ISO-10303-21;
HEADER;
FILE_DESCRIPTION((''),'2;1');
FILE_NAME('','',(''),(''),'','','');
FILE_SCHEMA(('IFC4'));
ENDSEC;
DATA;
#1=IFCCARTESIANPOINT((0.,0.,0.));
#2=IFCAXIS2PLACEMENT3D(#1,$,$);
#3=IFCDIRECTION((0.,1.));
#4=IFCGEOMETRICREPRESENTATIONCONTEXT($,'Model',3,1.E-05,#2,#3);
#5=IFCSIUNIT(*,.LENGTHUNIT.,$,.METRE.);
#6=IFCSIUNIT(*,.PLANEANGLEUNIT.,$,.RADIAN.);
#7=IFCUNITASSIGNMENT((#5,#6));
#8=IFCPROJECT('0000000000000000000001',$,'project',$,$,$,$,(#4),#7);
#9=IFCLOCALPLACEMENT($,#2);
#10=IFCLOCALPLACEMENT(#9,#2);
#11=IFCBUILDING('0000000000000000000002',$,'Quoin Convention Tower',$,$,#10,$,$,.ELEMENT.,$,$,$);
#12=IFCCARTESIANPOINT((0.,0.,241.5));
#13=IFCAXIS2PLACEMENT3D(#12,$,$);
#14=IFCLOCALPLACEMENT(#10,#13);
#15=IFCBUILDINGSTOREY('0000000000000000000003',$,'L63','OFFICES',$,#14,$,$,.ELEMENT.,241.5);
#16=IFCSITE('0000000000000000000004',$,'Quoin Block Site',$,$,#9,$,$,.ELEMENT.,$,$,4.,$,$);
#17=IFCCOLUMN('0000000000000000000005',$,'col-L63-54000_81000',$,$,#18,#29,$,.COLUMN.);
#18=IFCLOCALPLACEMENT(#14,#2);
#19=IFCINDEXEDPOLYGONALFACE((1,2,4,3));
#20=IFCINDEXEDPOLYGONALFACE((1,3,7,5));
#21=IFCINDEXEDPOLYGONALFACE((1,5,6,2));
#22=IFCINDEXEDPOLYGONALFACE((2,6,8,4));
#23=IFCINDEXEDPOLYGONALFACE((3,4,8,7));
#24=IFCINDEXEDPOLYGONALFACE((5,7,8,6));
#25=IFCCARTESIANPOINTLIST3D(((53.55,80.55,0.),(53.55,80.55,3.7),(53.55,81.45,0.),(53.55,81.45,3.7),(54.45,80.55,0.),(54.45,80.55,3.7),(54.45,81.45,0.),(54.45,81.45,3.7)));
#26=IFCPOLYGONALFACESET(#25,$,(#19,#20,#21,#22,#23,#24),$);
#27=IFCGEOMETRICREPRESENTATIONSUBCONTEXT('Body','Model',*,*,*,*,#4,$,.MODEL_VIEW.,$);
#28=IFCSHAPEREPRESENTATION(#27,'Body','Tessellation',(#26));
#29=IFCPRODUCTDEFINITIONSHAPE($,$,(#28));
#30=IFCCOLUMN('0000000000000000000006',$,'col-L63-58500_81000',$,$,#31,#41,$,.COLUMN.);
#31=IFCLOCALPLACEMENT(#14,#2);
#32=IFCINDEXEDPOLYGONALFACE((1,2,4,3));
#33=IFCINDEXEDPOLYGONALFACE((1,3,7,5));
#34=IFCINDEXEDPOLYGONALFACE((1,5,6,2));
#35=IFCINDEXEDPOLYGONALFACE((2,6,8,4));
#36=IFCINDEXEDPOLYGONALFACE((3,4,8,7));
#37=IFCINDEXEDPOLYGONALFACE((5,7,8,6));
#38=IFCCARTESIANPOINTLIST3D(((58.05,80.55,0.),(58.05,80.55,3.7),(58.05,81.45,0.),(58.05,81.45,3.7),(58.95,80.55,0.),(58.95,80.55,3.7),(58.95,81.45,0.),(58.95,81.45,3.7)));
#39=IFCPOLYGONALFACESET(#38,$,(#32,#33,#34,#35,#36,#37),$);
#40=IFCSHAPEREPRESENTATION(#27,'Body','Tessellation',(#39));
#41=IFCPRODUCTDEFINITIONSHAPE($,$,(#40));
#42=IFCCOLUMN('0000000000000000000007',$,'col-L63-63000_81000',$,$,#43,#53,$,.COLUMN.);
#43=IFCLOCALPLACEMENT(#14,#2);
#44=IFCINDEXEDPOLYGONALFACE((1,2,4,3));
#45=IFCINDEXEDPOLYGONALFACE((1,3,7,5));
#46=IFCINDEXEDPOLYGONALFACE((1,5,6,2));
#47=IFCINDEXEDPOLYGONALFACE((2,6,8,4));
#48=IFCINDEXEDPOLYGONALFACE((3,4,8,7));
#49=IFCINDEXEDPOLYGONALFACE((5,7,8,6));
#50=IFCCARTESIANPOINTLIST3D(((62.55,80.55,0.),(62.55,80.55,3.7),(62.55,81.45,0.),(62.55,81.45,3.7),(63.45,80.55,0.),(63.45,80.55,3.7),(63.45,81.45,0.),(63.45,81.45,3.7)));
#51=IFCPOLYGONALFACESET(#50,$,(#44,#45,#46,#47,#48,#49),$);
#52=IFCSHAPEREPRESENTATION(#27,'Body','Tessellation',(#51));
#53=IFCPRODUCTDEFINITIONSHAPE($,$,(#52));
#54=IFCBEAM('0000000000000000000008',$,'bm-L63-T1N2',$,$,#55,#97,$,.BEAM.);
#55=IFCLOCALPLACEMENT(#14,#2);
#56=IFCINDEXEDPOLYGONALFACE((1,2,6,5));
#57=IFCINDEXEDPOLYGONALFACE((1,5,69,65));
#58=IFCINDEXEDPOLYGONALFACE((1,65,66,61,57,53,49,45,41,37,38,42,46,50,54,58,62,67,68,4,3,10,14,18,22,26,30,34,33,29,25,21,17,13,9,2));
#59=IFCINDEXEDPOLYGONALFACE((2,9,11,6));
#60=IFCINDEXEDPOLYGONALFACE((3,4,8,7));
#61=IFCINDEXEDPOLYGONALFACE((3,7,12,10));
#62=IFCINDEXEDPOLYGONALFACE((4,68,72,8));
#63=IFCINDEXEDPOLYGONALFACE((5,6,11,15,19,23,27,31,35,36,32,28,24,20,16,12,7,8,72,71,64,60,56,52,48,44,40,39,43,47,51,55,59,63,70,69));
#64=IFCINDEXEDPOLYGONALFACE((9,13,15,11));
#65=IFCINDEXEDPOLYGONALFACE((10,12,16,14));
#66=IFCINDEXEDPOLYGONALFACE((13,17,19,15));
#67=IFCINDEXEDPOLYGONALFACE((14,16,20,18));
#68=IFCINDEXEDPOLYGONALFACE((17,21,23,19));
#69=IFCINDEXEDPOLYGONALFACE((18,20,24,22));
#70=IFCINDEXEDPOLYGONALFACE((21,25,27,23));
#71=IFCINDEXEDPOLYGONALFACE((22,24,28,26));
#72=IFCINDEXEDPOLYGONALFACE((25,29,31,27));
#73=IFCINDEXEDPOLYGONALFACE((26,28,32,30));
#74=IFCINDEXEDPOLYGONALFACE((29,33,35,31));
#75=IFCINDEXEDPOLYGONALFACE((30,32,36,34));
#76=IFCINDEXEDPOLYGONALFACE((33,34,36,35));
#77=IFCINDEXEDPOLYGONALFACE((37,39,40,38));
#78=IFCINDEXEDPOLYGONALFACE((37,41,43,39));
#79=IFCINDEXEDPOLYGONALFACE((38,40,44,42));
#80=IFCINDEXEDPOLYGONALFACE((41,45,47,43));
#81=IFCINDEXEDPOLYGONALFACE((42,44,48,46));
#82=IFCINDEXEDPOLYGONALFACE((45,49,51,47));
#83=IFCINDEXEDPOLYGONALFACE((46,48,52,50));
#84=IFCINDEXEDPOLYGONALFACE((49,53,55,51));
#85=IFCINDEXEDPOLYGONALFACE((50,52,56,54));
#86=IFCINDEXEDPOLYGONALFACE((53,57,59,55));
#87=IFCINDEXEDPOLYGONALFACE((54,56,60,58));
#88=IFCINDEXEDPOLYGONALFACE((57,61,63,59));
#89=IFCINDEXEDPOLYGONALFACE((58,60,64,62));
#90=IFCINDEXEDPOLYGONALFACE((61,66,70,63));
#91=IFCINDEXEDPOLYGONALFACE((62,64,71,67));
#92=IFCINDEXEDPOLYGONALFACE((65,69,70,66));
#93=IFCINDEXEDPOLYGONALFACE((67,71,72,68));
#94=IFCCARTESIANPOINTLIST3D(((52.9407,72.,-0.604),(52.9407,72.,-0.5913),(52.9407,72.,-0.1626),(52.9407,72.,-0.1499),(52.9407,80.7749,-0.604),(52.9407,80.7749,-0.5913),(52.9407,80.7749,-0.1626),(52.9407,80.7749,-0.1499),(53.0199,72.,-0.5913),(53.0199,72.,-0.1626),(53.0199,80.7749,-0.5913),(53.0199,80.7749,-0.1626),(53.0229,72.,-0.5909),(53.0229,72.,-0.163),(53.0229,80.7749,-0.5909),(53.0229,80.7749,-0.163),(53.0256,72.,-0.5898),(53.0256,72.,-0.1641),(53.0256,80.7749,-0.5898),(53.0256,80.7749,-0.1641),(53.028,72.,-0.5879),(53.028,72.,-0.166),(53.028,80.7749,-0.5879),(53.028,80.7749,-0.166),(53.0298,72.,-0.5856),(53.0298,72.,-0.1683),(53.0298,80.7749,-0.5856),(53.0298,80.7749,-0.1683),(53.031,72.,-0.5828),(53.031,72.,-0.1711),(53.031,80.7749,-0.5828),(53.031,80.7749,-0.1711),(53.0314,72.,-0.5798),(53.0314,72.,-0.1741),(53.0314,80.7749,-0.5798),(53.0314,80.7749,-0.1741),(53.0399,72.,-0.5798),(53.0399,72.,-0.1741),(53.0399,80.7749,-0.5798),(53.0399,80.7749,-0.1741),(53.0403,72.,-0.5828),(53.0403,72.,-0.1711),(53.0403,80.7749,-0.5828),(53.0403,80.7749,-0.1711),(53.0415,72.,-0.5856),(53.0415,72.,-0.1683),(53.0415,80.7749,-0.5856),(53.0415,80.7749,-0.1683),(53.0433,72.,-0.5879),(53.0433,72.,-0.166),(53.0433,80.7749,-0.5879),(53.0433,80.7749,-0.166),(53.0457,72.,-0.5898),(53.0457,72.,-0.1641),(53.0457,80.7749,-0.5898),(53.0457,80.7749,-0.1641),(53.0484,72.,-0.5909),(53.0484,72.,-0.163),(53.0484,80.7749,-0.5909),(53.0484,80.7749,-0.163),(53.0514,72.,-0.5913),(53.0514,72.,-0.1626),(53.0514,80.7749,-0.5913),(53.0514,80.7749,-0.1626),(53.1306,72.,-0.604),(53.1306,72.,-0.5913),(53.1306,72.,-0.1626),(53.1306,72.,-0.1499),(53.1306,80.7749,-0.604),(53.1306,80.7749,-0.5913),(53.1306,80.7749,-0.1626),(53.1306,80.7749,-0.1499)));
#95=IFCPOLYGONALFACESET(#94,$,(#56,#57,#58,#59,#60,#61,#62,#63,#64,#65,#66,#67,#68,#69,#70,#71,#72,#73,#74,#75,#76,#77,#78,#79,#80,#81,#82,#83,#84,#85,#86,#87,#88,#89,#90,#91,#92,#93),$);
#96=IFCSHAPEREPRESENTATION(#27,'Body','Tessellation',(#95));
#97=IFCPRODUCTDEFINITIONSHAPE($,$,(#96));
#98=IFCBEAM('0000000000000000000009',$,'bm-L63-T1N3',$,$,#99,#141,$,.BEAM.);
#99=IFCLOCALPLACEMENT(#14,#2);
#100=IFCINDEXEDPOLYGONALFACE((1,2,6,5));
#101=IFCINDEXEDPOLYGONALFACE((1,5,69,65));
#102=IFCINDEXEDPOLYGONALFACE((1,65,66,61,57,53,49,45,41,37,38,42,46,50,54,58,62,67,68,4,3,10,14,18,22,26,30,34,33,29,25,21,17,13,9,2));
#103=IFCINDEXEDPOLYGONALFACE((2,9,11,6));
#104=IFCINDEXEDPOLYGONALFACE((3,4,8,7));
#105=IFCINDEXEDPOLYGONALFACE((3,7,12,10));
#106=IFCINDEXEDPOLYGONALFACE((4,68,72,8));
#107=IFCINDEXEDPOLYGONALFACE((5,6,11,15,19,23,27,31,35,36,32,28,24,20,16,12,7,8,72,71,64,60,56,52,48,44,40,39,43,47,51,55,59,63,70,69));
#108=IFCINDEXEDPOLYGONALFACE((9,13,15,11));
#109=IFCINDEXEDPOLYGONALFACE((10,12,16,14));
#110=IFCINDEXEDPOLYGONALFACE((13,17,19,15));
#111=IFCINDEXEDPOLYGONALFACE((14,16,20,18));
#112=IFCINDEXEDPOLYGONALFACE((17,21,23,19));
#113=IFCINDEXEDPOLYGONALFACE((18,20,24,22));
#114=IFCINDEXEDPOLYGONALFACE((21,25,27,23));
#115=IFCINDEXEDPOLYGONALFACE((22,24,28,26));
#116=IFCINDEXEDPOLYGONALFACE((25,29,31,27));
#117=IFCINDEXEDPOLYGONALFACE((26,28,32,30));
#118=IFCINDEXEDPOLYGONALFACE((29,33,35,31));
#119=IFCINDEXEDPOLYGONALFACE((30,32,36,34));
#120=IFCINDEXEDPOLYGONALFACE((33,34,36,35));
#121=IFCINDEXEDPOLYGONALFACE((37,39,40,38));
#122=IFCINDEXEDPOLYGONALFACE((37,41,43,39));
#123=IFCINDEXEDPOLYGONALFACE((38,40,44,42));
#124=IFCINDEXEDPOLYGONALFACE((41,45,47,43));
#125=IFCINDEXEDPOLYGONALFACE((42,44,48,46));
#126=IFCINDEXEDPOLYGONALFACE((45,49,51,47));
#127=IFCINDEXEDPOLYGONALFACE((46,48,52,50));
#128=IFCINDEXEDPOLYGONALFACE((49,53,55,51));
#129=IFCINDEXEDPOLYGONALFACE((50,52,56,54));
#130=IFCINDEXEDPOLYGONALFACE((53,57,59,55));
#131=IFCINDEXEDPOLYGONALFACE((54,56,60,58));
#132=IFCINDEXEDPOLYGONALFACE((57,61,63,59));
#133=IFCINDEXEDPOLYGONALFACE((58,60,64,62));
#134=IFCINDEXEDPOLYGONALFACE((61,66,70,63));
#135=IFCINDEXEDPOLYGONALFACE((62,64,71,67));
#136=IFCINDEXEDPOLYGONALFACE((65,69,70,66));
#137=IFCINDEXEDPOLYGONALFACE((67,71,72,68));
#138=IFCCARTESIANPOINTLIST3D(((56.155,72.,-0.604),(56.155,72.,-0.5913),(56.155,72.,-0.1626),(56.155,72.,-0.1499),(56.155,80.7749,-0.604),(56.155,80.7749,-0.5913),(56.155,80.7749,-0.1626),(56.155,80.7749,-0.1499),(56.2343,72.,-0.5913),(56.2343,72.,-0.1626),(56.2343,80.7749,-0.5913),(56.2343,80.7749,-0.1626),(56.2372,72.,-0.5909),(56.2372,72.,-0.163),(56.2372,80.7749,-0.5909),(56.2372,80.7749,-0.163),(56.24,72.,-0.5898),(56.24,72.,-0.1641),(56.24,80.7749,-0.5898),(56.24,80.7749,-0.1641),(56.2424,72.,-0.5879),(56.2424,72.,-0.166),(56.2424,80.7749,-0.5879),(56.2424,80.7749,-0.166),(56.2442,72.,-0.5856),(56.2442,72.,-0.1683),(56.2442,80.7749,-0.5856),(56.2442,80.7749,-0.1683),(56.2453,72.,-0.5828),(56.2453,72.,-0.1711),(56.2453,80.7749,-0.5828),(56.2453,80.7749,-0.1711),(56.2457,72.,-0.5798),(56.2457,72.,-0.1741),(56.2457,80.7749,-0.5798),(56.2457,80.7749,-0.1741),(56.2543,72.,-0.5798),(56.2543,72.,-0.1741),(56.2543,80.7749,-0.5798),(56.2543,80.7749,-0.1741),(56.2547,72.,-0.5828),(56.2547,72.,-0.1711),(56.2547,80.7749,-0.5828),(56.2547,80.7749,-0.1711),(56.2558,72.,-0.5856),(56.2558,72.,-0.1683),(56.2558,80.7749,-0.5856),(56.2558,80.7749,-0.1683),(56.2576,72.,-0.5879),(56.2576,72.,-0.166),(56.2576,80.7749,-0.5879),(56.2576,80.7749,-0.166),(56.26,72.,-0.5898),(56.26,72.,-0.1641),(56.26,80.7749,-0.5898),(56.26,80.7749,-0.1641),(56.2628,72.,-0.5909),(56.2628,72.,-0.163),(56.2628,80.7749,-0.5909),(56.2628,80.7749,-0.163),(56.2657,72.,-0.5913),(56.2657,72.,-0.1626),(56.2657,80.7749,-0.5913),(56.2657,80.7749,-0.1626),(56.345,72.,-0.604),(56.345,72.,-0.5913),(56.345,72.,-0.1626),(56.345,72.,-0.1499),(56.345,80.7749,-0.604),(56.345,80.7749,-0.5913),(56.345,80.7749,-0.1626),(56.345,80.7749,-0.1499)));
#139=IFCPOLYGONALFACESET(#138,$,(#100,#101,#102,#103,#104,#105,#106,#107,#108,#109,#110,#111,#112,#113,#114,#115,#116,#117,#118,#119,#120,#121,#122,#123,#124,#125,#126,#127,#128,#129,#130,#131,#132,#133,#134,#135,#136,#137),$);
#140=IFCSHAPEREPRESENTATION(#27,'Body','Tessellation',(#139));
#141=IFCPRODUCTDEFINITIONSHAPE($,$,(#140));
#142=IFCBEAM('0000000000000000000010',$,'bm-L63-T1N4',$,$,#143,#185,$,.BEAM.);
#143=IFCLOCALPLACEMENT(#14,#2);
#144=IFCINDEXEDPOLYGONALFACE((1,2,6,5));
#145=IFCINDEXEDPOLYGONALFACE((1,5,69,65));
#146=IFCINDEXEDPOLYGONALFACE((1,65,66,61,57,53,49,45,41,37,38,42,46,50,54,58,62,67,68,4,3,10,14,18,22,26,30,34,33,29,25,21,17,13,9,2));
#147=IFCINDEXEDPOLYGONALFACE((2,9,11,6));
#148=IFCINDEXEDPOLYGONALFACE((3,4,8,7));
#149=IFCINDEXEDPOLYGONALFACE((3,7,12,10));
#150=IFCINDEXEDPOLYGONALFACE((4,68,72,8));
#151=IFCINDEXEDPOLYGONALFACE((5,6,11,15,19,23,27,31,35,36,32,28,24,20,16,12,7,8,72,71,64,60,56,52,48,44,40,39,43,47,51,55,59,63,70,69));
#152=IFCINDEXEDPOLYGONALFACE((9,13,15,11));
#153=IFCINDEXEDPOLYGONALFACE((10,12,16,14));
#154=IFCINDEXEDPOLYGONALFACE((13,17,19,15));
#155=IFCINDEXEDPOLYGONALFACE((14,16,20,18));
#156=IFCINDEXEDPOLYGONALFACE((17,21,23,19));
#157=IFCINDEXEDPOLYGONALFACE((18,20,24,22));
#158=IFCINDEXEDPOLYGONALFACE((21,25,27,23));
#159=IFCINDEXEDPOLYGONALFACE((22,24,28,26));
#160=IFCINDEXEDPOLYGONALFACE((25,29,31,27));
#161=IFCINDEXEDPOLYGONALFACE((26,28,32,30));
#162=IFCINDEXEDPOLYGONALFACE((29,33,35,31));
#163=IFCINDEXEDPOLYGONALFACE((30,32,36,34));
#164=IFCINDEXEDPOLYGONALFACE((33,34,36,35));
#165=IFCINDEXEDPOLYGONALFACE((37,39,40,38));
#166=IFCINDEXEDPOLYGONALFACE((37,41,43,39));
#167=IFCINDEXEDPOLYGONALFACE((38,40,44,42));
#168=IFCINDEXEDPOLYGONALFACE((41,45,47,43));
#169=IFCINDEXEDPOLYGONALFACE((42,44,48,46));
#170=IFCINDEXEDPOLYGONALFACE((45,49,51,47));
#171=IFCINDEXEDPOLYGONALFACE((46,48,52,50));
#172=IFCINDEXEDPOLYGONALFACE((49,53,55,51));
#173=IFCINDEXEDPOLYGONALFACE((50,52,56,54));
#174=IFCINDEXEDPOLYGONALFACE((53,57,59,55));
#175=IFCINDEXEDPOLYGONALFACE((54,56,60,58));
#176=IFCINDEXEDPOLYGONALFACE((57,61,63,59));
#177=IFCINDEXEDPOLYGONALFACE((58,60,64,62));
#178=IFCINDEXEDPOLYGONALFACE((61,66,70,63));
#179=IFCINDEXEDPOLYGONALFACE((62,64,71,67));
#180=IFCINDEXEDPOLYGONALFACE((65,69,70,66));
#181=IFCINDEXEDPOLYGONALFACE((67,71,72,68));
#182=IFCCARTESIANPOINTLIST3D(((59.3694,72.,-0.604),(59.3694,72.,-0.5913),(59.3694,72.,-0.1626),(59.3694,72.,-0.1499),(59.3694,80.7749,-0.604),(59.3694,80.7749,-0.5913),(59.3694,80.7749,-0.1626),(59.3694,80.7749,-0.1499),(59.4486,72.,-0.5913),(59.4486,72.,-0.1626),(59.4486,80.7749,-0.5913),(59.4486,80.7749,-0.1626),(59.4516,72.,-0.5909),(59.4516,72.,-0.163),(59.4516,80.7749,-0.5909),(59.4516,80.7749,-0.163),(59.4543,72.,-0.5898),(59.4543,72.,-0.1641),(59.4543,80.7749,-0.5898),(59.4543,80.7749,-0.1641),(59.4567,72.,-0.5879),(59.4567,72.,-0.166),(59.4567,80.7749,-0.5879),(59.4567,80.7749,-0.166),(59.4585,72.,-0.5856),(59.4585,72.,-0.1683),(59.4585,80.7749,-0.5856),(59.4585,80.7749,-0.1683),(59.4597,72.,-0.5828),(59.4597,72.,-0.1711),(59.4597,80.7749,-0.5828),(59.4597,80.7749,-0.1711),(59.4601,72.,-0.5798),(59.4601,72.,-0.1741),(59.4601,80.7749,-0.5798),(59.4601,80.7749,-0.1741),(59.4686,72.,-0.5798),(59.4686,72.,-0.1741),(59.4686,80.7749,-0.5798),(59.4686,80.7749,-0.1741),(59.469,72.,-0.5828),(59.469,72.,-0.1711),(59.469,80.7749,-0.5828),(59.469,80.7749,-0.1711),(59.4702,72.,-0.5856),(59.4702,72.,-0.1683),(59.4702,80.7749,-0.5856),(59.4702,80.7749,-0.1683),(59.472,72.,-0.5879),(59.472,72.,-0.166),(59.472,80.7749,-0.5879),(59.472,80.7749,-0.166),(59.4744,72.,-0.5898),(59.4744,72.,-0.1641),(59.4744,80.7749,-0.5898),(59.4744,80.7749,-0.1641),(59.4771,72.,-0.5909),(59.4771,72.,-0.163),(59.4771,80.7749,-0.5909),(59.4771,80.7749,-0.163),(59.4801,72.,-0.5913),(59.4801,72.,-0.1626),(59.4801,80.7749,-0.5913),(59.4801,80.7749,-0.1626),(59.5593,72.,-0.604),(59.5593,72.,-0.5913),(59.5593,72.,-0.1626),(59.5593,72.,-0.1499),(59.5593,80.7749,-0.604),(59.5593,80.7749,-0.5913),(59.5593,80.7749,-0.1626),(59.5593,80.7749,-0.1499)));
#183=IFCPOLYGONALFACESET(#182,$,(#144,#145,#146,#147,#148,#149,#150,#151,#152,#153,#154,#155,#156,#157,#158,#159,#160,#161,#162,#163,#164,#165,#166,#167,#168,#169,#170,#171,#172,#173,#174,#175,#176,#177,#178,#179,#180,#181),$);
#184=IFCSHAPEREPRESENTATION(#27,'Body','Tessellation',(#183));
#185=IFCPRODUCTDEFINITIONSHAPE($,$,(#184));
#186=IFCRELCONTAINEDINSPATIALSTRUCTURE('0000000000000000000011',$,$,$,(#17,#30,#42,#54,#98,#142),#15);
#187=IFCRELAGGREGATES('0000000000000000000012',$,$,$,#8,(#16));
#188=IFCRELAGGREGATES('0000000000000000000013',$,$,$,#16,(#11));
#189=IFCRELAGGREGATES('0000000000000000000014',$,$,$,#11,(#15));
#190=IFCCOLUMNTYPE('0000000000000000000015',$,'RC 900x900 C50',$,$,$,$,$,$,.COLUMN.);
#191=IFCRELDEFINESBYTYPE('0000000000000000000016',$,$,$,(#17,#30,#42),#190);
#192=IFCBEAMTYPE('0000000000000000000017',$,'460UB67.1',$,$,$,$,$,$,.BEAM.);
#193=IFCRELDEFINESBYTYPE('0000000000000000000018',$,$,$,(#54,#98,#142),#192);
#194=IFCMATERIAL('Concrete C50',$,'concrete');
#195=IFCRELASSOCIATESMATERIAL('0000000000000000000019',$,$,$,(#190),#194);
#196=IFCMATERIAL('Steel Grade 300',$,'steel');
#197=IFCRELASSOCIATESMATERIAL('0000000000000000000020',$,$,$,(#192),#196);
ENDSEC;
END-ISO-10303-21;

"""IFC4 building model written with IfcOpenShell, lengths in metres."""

from ifc_helpers import new_model, si_unit, direction, frame, origin, origin_2d, place, context, subcontext, project, spatial, rectangle, i_section, extrude, material, material_profile, profile_set, type_object, element, save


model = new_model("IFC4")

# Units and contexts
model_context = context("Model", 3, precision=1e-05, world=origin(), true_north=direction((0.0, 1.0)))
body_context = subcontext(model_context, "Body", "Model", "MODEL_VIEW")
ifc_project = project(units=[si_unit("LENGTHUNIT", "METRE"), si_unit("PLANEANGLEUNIT", "RADIAN")], contexts=[model_context])

# Site, building, storey
site_placement = place(None, origin())
site = spatial("IfcSite", under=ifc_project, at=site_placement, Name="Quoin Block Site", CompositionType="ELEMENT", RefElevation=4.0)
building_placement = place(site_placement, origin())
building = spatial("IfcBuilding", under=site, at=building_placement, Name="Quoin Convention Tower", CompositionType="ELEMENT")
storey_placement = place(building_placement, frame((0.0, 0.0, 241.5)))
storey = spatial("IfcBuildingStorey", under=building, at=storey_placement, Name="L63", Description="OFFICES", CompositionType="ELEMENT", Elevation=241.5)

# Columns
ifc_material_1 = material(Name="Concrete C50", Category="concrete")
ifc_material_profile_1 = material_profile(ifc_material_1, rectangle(XDim=0.8999, YDim=0.8999, at=origin_2d()), Name="RC 900x900")
ifc_profile_set_1 = profile_set([ifc_material_profile_1], Name="Concrete C50")
column_type = type_object("IfcColumnType", Name="RC 900x900 C50", PredefinedType="COLUMN", material=ifc_profile_set_1)
for number, where, z_axis, x_axis, name in (
    (1, (54.0, 81.0, 0.0), (0.0, 0.0, 1.0), (1.0, 0.0, 0.0), "col-L63-54000_81000"),
    (2, (58.5, 81.0, 0.0), (0.0, 0.0, 1.0), (1.0, 0.0, 0.0), "col-L63-58500_81000"),
    (3, (63.0, 81.0, 0.0), (0.0, 0.0, 1.0), (1.0, 0.0, 0.0), "col-L63-63000_81000"),
):
    element("IfcColumn", number, at=place(storey_placement, frame(where, z_axis=z_axis, x_axis=x_axis)), inside=storey, type_object=column_type, Name=name, PredefinedType="COLUMN", context=body_context, shape_type="SweptSolid", body=[
        extrude(rectangle(XDim=0.8999, YDim=0.8999, at=origin_2d()), origin(), (0.0, 0.0, 1.0), 3.7),
    ])

# Beams
ifc_material_2 = material(Name="Steel Grade 300", Category="steel")
ifc_material_profile_2 = material_profile(ifc_material_2, i_section(OverallWidth=0.1899, OverallDepth=0.4541, WebThickness=0.0085, FlangeThickness=0.0127, FilletRadius=0.0115, at=origin_2d()), Name="460UB67.1")
ifc_profile_set_2 = profile_set([ifc_material_profile_2], Name="Steel Grade 300")
beam_type_1 = type_object("IfcBeamType", Name="460UB67.1", PredefinedType="BEAM", material=ifc_profile_set_2)
for number, where, z_axis, x_axis, name in (
    (4, (53.0356, 72.0, -0.377), (0.0, 1.0, 0.0), (-1.0, 0.0, 0.0), "bm-L63-T1N2"),
    (5, (56.25, 72.0, -0.377), (0.0, 1.0, 0.0), (-1.0, 0.0, 0.0), "bm-L63-T1N3"),
    (6, (59.4644, 72.0, -0.377), (0.0, 1.0, 0.0), (-1.0, 0.0, 0.0), "bm-L63-T1N4"),
):
    element("IfcBeam", number, at=place(storey_placement, frame(where, z_axis=z_axis, x_axis=x_axis)), inside=storey, type_object=beam_type_1, Name=name, PredefinedType="BEAM", context=body_context, shape_type="SweptSolid", body=[
        extrude(i_section(OverallWidth=0.1899, OverallDepth=0.4541, WebThickness=0.0085, FlangeThickness=0.0127, FilletRadius=0.0115, at=origin_2d()), origin(), (0.0, 0.0, 1.0), 8.7749),
    ])

save(model, "model.ifc")
